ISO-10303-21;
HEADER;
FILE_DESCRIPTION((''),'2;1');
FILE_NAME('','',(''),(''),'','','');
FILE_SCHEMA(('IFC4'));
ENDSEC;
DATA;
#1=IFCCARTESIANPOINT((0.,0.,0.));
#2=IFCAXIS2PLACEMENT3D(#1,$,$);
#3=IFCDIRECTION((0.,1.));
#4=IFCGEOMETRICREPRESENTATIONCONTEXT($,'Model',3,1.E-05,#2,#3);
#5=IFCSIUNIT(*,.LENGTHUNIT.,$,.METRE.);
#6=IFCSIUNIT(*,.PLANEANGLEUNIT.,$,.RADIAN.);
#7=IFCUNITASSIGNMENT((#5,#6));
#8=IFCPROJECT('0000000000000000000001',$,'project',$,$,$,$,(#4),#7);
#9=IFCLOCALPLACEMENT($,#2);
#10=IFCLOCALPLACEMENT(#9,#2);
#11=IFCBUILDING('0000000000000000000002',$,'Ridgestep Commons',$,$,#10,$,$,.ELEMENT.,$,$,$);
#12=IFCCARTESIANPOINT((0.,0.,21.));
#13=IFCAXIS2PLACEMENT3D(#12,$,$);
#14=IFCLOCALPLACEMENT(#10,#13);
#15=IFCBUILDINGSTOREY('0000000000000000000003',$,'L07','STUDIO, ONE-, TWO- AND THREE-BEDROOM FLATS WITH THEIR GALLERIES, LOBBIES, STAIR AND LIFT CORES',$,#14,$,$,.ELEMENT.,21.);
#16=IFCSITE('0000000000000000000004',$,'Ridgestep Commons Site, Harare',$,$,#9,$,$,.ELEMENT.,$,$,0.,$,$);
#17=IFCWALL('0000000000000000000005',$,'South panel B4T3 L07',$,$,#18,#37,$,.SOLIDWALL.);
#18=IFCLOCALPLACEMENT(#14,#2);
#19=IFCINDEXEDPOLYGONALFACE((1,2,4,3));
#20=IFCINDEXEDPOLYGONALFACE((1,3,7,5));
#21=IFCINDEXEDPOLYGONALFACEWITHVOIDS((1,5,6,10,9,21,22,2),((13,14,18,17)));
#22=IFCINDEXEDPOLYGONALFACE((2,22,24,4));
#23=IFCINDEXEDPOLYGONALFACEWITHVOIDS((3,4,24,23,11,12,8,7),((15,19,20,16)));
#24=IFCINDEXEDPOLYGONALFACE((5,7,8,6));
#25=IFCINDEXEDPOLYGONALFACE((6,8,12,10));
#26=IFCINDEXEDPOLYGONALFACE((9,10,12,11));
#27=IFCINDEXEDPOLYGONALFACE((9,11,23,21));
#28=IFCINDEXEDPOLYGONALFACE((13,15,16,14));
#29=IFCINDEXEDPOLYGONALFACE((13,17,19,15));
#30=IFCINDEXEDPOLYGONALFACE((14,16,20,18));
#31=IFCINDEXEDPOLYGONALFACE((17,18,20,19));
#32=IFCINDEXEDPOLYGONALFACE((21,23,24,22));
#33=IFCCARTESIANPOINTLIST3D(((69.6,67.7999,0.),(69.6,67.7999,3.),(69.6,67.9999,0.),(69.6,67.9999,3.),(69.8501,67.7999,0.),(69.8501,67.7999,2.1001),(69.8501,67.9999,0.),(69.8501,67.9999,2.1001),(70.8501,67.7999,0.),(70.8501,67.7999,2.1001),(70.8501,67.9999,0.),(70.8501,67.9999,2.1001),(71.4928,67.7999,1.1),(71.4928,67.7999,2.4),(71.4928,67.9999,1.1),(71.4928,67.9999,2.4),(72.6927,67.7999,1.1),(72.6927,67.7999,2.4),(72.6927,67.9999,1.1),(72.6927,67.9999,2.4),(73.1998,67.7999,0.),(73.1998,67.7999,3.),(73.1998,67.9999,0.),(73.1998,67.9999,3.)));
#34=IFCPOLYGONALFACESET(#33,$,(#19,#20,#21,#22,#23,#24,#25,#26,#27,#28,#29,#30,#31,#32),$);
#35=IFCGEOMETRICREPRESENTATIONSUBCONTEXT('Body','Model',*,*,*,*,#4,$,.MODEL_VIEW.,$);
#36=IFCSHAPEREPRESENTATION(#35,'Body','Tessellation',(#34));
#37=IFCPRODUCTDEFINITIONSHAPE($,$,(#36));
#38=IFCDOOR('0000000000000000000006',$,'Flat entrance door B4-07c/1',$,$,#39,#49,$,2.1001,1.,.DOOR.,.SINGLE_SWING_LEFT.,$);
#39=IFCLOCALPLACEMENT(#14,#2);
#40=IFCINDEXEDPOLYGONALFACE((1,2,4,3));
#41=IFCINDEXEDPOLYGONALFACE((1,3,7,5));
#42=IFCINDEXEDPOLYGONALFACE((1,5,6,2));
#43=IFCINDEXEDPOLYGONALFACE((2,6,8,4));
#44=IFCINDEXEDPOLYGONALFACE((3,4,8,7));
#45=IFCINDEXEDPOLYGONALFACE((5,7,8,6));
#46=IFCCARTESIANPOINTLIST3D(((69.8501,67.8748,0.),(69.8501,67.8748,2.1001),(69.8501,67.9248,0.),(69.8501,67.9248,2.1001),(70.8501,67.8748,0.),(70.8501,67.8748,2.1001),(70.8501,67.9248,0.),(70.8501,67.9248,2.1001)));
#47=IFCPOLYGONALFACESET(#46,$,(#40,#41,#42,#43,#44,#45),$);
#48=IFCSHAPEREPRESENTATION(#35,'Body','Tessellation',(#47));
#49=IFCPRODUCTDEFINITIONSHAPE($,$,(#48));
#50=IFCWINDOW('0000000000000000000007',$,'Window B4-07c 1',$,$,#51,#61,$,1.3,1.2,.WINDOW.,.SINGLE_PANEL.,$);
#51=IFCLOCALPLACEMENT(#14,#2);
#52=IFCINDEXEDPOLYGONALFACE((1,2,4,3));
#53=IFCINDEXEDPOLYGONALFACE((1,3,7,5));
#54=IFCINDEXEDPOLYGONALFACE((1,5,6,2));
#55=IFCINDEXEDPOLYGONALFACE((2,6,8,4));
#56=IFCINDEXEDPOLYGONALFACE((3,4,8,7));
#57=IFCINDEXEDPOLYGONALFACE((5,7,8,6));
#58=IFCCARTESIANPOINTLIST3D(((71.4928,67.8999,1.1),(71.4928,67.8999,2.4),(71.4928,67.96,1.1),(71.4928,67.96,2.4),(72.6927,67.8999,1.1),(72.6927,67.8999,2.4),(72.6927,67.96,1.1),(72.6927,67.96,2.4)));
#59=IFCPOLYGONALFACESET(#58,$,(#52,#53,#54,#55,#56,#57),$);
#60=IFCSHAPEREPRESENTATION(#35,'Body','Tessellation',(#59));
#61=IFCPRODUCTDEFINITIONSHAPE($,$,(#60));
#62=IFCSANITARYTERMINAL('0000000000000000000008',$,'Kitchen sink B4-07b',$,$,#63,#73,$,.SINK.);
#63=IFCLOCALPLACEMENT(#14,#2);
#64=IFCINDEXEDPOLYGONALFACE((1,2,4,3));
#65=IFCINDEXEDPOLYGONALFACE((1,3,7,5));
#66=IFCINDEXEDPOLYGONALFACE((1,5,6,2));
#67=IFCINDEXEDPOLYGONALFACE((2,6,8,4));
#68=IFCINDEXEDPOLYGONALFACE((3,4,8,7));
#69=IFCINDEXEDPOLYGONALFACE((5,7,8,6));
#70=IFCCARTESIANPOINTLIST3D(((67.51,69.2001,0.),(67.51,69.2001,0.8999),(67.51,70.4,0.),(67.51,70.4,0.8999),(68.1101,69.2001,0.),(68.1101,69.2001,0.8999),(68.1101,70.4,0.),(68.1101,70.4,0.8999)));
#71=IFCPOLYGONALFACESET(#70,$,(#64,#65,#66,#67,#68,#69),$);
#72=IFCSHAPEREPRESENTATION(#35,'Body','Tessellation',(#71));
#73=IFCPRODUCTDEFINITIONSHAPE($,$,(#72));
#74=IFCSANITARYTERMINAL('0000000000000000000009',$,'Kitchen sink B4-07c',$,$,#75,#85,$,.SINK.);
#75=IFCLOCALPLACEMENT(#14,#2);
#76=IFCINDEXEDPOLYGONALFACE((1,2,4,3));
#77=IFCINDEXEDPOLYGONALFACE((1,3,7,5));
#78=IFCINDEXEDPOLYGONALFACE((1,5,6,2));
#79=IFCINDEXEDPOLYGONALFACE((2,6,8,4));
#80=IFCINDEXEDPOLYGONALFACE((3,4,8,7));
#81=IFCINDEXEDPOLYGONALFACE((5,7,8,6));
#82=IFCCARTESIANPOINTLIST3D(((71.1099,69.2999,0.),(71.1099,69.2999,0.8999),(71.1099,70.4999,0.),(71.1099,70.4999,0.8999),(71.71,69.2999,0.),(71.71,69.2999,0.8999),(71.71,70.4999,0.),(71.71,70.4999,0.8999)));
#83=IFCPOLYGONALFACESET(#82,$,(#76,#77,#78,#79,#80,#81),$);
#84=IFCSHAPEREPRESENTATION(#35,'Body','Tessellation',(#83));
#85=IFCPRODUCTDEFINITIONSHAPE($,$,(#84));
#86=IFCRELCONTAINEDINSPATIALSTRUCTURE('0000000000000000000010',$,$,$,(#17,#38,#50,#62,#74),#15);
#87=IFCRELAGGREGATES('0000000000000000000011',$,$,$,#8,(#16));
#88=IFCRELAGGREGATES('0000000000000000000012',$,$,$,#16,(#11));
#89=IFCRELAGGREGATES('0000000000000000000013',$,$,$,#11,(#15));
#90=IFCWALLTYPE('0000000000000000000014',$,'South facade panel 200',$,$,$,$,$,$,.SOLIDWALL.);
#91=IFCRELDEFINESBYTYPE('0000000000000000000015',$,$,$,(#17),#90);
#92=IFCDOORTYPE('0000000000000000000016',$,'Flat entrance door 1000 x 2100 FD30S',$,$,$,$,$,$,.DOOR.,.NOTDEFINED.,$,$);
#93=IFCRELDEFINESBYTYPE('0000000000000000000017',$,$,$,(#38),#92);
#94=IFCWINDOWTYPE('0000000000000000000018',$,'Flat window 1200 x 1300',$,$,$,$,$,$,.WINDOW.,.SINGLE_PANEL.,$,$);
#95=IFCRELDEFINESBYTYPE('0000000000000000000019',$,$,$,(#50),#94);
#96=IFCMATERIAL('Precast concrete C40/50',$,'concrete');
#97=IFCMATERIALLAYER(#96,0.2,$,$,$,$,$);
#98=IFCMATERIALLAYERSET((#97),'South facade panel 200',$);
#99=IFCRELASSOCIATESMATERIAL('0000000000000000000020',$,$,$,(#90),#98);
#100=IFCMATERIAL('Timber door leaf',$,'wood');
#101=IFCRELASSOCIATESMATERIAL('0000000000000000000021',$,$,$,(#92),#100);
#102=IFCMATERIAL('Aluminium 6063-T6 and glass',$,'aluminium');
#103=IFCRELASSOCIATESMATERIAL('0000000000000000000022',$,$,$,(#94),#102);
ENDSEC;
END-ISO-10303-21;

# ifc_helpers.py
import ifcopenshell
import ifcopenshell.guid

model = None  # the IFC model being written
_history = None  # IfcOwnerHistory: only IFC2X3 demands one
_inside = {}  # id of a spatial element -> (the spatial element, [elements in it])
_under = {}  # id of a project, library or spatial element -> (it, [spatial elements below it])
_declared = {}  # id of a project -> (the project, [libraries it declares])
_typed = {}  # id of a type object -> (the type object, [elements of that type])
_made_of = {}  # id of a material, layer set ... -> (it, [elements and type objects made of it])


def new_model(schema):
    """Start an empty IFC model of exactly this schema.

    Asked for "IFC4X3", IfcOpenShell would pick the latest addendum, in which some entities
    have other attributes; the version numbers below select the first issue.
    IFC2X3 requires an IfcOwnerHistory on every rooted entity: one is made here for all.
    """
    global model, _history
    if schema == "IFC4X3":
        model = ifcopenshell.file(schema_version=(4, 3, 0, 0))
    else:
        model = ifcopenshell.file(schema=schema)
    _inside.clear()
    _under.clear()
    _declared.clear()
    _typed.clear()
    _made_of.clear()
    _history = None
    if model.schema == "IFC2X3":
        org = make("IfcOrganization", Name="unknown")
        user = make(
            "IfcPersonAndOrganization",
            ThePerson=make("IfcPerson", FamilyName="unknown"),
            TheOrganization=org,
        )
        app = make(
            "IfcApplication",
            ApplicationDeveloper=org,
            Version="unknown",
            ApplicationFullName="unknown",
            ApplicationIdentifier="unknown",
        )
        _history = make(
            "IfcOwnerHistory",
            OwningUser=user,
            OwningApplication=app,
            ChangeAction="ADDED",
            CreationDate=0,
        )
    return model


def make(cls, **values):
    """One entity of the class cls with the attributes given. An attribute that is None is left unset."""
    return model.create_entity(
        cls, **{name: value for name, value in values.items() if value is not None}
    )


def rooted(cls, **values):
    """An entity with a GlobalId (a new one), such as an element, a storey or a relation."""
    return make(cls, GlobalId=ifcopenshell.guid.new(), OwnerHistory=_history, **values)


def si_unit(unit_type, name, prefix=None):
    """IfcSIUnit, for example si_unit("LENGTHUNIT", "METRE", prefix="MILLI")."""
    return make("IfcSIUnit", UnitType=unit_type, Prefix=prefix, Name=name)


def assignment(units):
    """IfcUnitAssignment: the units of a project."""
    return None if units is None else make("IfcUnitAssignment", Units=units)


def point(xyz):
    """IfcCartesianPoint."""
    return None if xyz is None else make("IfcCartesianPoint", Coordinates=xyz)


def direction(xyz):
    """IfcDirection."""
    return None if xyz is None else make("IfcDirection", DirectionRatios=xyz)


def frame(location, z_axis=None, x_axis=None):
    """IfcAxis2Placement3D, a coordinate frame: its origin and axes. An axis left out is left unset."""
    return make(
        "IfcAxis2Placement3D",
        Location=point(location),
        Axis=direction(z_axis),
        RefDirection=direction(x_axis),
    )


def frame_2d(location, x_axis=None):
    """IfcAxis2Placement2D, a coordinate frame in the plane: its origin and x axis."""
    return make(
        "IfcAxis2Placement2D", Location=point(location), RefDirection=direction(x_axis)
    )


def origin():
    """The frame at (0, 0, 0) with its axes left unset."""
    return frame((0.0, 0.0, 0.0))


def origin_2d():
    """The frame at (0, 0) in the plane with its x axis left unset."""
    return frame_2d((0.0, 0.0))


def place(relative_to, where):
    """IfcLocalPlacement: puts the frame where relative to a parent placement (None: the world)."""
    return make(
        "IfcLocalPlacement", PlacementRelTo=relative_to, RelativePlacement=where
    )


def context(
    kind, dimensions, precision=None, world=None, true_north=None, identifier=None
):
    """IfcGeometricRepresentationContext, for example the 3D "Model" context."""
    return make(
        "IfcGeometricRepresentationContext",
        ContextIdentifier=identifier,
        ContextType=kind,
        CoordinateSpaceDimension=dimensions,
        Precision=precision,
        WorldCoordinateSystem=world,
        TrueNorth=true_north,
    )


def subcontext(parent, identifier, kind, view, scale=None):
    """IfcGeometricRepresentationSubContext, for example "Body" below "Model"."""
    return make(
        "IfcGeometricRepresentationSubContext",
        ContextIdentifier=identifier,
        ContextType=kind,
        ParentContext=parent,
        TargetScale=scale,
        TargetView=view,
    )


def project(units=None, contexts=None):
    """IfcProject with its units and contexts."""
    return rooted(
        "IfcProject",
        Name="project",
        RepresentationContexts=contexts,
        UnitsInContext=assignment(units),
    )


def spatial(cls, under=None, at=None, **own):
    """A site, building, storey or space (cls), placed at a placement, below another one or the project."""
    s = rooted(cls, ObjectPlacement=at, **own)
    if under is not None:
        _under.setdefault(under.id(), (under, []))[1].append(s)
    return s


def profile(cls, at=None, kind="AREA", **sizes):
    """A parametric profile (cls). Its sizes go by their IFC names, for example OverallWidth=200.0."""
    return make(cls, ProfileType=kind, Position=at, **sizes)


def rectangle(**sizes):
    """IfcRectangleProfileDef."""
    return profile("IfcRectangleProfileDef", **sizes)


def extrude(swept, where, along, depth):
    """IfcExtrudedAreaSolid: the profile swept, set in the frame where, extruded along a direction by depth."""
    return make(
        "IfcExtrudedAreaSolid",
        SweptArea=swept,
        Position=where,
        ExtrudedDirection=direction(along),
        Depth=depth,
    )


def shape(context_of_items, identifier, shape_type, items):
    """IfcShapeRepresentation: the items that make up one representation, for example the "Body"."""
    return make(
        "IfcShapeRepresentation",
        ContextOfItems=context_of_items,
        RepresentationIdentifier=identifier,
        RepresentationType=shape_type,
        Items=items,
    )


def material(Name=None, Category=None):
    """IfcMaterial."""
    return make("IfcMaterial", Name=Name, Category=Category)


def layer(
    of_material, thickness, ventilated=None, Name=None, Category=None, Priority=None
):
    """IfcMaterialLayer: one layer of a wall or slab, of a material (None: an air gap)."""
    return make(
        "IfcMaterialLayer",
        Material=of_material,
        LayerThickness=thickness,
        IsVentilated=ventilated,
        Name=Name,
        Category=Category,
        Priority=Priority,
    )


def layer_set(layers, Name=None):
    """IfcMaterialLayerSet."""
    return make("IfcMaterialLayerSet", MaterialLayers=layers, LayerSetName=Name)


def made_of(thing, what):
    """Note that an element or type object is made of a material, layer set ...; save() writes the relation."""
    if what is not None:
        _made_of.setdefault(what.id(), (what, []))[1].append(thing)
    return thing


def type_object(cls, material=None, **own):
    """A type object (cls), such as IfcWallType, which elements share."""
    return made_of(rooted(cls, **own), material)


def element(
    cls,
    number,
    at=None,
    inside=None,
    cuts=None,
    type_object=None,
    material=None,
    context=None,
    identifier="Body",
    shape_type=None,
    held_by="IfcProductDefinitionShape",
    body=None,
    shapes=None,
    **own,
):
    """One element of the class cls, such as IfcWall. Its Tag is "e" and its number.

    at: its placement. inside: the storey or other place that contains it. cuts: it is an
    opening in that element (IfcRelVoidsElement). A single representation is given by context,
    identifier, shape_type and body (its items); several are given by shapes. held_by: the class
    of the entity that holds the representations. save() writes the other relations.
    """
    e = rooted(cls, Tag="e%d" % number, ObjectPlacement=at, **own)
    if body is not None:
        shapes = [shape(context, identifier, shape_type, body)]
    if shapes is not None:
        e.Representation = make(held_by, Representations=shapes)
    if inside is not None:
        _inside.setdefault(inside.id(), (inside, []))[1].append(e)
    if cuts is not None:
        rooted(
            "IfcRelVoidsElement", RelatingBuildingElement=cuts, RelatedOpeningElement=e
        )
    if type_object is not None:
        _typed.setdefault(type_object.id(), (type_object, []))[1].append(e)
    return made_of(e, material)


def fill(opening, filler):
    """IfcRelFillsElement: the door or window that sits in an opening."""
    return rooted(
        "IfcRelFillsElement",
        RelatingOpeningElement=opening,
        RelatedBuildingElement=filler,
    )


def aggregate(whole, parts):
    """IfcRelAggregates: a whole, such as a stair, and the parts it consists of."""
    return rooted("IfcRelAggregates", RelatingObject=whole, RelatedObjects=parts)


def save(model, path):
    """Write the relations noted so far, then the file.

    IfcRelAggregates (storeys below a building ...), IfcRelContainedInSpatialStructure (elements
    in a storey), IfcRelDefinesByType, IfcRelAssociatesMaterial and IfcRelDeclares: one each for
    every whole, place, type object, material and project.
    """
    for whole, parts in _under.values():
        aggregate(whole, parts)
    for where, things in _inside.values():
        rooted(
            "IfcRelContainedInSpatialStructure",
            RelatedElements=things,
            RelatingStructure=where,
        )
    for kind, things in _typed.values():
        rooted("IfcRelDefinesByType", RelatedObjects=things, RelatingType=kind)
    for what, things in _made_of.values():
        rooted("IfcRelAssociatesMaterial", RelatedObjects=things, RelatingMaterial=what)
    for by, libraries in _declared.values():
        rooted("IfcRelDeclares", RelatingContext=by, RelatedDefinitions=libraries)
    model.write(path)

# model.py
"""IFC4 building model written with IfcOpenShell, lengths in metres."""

from ifc_helpers import new_model, si_unit, direction, frame, frame_2d, origin, origin_2d, place, context, subcontext, project, spatial, rectangle, extrude, material, layer, layer_set, type_object, element, fill, save


model = new_model("IFC4")

# Units and contexts
model_context = context("Model", 3, precision=1e-05, world=origin(), true_north=direction((0.0, 1.0)))
body_context = subcontext(model_context, "Body", "Model", "MODEL_VIEW")
ifc_project = project(units=[si_unit("LENGTHUNIT", "METRE"), si_unit("PLANEANGLEUNIT", "RADIAN")], contexts=[model_context])

# Site, building, storey
site_placement = place(None, origin())
site = spatial("IfcSite", under=ifc_project, at=site_placement, Name="Ridgestep Commons Site, Harare", CompositionType="ELEMENT", RefElevation=0.0)
building_placement = place(site_placement, origin())
building = spatial("IfcBuilding", under=site, at=building_placement, Name="Ridgestep Commons", CompositionType="ELEMENT")
storey_placement = place(building_placement, frame((0.0, 0.0, 21.0)))
storey = spatial("IfcBuildingStorey", under=building, at=storey_placement, Name="L07", Description="STUDIO, ONE-, TWO- AND THREE-BEDROOM FLATS WITH THEIR GALLERIES, LOBBIES, STAIR AND LIFT CORES", CompositionType="ELEMENT", Elevation=21.0)

# Wall, openings, door, window
ifc_material_1 = material(Name="Precast concrete C40/50", Category="concrete")
ifc_layer_1 = layer(ifc_material_1, 0.2)
ifc_layer_set_1 = layer_set([ifc_layer_1], Name="South facade panel 200")
wall_type_1 = type_object("IfcWallType", Name="South facade panel 200", PredefinedType="SOLIDWALL", material=ifc_layer_set_1)
wall_1_placement = place(storey_placement, frame((69.6001, 67.8999, 0.0), z_axis=(0.0, 0.0, 1.0), x_axis=(1.0, 0.0, 0.0)))
wall_1 = element("IfcWall", 1, at=wall_1_placement, inside=storey, type_object=wall_type_1, Name="South panel B4T3 L07", PredefinedType="SOLIDWALL", context=body_context, shape_type="SweptSolid", body=[
    extrude(rectangle(XDim=3.5999, YDim=0.2, at=frame_2d((1.7998, 0.0))), origin(), (0.0, 0.0, 1.0), 3.0),
])
opening_1_placement = place(wall_1_placement, frame((1.8926, 0.0, 1.1001)))
opening_1 = element("IfcOpeningElement", 2, at=opening_1_placement, cuts=wall_1, PredefinedType="OPENING", context=body_context, shape_type="SweptSolid", body=[
    extrude(rectangle(XDim=1.2, YDim=1.3, at=frame_2d((0.6001, 0.6499))), frame((0.0, 0.1099, 0.0), z_axis=(0.0, -1.0, 0.0), x_axis=(1.0, 0.0, 0.0)), (0.0, 0.0, 1.0), 0.22),
])
opening_2_placement = place(wall_1_placement, frame((0.25, 0.0, 0.0)))
opening_2 = element("IfcOpeningElement", 3, at=opening_2_placement, cuts=wall_1, PredefinedType="OPENING", context=body_context, shape_type="SweptSolid", body=[
    extrude(rectangle(XDim=1.0, YDim=2.1001, at=frame_2d((0.5, 1.05))), frame((0.0, 0.1099, 0.0), z_axis=(0.0, -1.0, 0.0), x_axis=(1.0, 0.0, 0.0)), (0.0, 0.0, 1.0), 0.22),
])
ifc_material_2 = material(Name="Timber door leaf", Category="wood")
door_type_1 = type_object("IfcDoorType", Name="Flat entrance door 1000 x 2100 FD30S", OperationType="NOTDEFINED", PredefinedType="DOOR", material=ifc_material_2)
door_1_placement = place(opening_2_placement, origin())
door_1 = element("IfcDoor", 4, at=door_1_placement, inside=storey, type_object=door_type_1, Name="Flat entrance door B4-07c/1", OperationType="SINGLE_SWING_LEFT", OverallHeight=2.1001, OverallWidth=1.0, PredefinedType="DOOR", context=body_context, shape_type="SweptSolid", body=[
    extrude(rectangle(XDim=1.0, YDim=2.1001, at=frame_2d((0.5, 1.05))), frame((0.0, 0.0249, 0.0), z_axis=(0.0, -1.0, 0.0), x_axis=(1.0, 0.0, 0.0)), (0.0, 0.0, 1.0), 0.05),
])
fill(opening_2, door_1)
ifc_material_3 = material(Name="Aluminium 6063-T6 and glass", Category="aluminium")
window_type = type_object("IfcWindowType", Name="Flat window 1200 x 1300", PartitioningType="SINGLE_PANEL", PredefinedType="WINDOW", material=ifc_material_3)
window_placement = place(opening_1_placement, origin())
window = element("IfcWindow", 5, at=window_placement, inside=storey, type_object=window_type, Name="Window B4-07c 1", OverallHeight=1.3, OverallWidth=1.2, PartitioningType="SINGLE_PANEL", PredefinedType="WINDOW", context=body_context, shape_type="SweptSolid", body=[
    extrude(rectangle(XDim=1.2, YDim=1.3, at=frame_2d((0.6001, 0.6499))), frame((0.0, 0.0601, 0.0), z_axis=(0.0, -1.0, 0.0), x_axis=(1.0, 0.0, 0.0)), (0.0, 0.0, 1.0), 0.0601),
])
fill(opening_1, window)

# Sanitary terminals
for number, where, z_axis, x_axis, name in (
    (6, (67.8101, 69.8, 0.0), (0.0, 0.0, 1.0), (1.0, 0.0, 0.0), "Kitchen sink B4-07b"),
    (7, (71.4099, 69.8999, 0.0), (0.0, 0.0, 1.0), (1.0, 0.0, 0.0), "Kitchen sink B4-07c"),
):
    element("IfcSanitaryTerminal", number, at=place(storey_placement, frame(where, z_axis=z_axis, x_axis=x_axis)), inside=storey, Name=name, PredefinedType="SINK", context=body_context, shape_type="SweptSolid", body=[
        extrude(rectangle(XDim=0.6001, YDim=1.2, at=origin_2d()), origin(), (0.0, 0.0, 1.0), 0.8999),
    ])

save(model, "model.ifc")
